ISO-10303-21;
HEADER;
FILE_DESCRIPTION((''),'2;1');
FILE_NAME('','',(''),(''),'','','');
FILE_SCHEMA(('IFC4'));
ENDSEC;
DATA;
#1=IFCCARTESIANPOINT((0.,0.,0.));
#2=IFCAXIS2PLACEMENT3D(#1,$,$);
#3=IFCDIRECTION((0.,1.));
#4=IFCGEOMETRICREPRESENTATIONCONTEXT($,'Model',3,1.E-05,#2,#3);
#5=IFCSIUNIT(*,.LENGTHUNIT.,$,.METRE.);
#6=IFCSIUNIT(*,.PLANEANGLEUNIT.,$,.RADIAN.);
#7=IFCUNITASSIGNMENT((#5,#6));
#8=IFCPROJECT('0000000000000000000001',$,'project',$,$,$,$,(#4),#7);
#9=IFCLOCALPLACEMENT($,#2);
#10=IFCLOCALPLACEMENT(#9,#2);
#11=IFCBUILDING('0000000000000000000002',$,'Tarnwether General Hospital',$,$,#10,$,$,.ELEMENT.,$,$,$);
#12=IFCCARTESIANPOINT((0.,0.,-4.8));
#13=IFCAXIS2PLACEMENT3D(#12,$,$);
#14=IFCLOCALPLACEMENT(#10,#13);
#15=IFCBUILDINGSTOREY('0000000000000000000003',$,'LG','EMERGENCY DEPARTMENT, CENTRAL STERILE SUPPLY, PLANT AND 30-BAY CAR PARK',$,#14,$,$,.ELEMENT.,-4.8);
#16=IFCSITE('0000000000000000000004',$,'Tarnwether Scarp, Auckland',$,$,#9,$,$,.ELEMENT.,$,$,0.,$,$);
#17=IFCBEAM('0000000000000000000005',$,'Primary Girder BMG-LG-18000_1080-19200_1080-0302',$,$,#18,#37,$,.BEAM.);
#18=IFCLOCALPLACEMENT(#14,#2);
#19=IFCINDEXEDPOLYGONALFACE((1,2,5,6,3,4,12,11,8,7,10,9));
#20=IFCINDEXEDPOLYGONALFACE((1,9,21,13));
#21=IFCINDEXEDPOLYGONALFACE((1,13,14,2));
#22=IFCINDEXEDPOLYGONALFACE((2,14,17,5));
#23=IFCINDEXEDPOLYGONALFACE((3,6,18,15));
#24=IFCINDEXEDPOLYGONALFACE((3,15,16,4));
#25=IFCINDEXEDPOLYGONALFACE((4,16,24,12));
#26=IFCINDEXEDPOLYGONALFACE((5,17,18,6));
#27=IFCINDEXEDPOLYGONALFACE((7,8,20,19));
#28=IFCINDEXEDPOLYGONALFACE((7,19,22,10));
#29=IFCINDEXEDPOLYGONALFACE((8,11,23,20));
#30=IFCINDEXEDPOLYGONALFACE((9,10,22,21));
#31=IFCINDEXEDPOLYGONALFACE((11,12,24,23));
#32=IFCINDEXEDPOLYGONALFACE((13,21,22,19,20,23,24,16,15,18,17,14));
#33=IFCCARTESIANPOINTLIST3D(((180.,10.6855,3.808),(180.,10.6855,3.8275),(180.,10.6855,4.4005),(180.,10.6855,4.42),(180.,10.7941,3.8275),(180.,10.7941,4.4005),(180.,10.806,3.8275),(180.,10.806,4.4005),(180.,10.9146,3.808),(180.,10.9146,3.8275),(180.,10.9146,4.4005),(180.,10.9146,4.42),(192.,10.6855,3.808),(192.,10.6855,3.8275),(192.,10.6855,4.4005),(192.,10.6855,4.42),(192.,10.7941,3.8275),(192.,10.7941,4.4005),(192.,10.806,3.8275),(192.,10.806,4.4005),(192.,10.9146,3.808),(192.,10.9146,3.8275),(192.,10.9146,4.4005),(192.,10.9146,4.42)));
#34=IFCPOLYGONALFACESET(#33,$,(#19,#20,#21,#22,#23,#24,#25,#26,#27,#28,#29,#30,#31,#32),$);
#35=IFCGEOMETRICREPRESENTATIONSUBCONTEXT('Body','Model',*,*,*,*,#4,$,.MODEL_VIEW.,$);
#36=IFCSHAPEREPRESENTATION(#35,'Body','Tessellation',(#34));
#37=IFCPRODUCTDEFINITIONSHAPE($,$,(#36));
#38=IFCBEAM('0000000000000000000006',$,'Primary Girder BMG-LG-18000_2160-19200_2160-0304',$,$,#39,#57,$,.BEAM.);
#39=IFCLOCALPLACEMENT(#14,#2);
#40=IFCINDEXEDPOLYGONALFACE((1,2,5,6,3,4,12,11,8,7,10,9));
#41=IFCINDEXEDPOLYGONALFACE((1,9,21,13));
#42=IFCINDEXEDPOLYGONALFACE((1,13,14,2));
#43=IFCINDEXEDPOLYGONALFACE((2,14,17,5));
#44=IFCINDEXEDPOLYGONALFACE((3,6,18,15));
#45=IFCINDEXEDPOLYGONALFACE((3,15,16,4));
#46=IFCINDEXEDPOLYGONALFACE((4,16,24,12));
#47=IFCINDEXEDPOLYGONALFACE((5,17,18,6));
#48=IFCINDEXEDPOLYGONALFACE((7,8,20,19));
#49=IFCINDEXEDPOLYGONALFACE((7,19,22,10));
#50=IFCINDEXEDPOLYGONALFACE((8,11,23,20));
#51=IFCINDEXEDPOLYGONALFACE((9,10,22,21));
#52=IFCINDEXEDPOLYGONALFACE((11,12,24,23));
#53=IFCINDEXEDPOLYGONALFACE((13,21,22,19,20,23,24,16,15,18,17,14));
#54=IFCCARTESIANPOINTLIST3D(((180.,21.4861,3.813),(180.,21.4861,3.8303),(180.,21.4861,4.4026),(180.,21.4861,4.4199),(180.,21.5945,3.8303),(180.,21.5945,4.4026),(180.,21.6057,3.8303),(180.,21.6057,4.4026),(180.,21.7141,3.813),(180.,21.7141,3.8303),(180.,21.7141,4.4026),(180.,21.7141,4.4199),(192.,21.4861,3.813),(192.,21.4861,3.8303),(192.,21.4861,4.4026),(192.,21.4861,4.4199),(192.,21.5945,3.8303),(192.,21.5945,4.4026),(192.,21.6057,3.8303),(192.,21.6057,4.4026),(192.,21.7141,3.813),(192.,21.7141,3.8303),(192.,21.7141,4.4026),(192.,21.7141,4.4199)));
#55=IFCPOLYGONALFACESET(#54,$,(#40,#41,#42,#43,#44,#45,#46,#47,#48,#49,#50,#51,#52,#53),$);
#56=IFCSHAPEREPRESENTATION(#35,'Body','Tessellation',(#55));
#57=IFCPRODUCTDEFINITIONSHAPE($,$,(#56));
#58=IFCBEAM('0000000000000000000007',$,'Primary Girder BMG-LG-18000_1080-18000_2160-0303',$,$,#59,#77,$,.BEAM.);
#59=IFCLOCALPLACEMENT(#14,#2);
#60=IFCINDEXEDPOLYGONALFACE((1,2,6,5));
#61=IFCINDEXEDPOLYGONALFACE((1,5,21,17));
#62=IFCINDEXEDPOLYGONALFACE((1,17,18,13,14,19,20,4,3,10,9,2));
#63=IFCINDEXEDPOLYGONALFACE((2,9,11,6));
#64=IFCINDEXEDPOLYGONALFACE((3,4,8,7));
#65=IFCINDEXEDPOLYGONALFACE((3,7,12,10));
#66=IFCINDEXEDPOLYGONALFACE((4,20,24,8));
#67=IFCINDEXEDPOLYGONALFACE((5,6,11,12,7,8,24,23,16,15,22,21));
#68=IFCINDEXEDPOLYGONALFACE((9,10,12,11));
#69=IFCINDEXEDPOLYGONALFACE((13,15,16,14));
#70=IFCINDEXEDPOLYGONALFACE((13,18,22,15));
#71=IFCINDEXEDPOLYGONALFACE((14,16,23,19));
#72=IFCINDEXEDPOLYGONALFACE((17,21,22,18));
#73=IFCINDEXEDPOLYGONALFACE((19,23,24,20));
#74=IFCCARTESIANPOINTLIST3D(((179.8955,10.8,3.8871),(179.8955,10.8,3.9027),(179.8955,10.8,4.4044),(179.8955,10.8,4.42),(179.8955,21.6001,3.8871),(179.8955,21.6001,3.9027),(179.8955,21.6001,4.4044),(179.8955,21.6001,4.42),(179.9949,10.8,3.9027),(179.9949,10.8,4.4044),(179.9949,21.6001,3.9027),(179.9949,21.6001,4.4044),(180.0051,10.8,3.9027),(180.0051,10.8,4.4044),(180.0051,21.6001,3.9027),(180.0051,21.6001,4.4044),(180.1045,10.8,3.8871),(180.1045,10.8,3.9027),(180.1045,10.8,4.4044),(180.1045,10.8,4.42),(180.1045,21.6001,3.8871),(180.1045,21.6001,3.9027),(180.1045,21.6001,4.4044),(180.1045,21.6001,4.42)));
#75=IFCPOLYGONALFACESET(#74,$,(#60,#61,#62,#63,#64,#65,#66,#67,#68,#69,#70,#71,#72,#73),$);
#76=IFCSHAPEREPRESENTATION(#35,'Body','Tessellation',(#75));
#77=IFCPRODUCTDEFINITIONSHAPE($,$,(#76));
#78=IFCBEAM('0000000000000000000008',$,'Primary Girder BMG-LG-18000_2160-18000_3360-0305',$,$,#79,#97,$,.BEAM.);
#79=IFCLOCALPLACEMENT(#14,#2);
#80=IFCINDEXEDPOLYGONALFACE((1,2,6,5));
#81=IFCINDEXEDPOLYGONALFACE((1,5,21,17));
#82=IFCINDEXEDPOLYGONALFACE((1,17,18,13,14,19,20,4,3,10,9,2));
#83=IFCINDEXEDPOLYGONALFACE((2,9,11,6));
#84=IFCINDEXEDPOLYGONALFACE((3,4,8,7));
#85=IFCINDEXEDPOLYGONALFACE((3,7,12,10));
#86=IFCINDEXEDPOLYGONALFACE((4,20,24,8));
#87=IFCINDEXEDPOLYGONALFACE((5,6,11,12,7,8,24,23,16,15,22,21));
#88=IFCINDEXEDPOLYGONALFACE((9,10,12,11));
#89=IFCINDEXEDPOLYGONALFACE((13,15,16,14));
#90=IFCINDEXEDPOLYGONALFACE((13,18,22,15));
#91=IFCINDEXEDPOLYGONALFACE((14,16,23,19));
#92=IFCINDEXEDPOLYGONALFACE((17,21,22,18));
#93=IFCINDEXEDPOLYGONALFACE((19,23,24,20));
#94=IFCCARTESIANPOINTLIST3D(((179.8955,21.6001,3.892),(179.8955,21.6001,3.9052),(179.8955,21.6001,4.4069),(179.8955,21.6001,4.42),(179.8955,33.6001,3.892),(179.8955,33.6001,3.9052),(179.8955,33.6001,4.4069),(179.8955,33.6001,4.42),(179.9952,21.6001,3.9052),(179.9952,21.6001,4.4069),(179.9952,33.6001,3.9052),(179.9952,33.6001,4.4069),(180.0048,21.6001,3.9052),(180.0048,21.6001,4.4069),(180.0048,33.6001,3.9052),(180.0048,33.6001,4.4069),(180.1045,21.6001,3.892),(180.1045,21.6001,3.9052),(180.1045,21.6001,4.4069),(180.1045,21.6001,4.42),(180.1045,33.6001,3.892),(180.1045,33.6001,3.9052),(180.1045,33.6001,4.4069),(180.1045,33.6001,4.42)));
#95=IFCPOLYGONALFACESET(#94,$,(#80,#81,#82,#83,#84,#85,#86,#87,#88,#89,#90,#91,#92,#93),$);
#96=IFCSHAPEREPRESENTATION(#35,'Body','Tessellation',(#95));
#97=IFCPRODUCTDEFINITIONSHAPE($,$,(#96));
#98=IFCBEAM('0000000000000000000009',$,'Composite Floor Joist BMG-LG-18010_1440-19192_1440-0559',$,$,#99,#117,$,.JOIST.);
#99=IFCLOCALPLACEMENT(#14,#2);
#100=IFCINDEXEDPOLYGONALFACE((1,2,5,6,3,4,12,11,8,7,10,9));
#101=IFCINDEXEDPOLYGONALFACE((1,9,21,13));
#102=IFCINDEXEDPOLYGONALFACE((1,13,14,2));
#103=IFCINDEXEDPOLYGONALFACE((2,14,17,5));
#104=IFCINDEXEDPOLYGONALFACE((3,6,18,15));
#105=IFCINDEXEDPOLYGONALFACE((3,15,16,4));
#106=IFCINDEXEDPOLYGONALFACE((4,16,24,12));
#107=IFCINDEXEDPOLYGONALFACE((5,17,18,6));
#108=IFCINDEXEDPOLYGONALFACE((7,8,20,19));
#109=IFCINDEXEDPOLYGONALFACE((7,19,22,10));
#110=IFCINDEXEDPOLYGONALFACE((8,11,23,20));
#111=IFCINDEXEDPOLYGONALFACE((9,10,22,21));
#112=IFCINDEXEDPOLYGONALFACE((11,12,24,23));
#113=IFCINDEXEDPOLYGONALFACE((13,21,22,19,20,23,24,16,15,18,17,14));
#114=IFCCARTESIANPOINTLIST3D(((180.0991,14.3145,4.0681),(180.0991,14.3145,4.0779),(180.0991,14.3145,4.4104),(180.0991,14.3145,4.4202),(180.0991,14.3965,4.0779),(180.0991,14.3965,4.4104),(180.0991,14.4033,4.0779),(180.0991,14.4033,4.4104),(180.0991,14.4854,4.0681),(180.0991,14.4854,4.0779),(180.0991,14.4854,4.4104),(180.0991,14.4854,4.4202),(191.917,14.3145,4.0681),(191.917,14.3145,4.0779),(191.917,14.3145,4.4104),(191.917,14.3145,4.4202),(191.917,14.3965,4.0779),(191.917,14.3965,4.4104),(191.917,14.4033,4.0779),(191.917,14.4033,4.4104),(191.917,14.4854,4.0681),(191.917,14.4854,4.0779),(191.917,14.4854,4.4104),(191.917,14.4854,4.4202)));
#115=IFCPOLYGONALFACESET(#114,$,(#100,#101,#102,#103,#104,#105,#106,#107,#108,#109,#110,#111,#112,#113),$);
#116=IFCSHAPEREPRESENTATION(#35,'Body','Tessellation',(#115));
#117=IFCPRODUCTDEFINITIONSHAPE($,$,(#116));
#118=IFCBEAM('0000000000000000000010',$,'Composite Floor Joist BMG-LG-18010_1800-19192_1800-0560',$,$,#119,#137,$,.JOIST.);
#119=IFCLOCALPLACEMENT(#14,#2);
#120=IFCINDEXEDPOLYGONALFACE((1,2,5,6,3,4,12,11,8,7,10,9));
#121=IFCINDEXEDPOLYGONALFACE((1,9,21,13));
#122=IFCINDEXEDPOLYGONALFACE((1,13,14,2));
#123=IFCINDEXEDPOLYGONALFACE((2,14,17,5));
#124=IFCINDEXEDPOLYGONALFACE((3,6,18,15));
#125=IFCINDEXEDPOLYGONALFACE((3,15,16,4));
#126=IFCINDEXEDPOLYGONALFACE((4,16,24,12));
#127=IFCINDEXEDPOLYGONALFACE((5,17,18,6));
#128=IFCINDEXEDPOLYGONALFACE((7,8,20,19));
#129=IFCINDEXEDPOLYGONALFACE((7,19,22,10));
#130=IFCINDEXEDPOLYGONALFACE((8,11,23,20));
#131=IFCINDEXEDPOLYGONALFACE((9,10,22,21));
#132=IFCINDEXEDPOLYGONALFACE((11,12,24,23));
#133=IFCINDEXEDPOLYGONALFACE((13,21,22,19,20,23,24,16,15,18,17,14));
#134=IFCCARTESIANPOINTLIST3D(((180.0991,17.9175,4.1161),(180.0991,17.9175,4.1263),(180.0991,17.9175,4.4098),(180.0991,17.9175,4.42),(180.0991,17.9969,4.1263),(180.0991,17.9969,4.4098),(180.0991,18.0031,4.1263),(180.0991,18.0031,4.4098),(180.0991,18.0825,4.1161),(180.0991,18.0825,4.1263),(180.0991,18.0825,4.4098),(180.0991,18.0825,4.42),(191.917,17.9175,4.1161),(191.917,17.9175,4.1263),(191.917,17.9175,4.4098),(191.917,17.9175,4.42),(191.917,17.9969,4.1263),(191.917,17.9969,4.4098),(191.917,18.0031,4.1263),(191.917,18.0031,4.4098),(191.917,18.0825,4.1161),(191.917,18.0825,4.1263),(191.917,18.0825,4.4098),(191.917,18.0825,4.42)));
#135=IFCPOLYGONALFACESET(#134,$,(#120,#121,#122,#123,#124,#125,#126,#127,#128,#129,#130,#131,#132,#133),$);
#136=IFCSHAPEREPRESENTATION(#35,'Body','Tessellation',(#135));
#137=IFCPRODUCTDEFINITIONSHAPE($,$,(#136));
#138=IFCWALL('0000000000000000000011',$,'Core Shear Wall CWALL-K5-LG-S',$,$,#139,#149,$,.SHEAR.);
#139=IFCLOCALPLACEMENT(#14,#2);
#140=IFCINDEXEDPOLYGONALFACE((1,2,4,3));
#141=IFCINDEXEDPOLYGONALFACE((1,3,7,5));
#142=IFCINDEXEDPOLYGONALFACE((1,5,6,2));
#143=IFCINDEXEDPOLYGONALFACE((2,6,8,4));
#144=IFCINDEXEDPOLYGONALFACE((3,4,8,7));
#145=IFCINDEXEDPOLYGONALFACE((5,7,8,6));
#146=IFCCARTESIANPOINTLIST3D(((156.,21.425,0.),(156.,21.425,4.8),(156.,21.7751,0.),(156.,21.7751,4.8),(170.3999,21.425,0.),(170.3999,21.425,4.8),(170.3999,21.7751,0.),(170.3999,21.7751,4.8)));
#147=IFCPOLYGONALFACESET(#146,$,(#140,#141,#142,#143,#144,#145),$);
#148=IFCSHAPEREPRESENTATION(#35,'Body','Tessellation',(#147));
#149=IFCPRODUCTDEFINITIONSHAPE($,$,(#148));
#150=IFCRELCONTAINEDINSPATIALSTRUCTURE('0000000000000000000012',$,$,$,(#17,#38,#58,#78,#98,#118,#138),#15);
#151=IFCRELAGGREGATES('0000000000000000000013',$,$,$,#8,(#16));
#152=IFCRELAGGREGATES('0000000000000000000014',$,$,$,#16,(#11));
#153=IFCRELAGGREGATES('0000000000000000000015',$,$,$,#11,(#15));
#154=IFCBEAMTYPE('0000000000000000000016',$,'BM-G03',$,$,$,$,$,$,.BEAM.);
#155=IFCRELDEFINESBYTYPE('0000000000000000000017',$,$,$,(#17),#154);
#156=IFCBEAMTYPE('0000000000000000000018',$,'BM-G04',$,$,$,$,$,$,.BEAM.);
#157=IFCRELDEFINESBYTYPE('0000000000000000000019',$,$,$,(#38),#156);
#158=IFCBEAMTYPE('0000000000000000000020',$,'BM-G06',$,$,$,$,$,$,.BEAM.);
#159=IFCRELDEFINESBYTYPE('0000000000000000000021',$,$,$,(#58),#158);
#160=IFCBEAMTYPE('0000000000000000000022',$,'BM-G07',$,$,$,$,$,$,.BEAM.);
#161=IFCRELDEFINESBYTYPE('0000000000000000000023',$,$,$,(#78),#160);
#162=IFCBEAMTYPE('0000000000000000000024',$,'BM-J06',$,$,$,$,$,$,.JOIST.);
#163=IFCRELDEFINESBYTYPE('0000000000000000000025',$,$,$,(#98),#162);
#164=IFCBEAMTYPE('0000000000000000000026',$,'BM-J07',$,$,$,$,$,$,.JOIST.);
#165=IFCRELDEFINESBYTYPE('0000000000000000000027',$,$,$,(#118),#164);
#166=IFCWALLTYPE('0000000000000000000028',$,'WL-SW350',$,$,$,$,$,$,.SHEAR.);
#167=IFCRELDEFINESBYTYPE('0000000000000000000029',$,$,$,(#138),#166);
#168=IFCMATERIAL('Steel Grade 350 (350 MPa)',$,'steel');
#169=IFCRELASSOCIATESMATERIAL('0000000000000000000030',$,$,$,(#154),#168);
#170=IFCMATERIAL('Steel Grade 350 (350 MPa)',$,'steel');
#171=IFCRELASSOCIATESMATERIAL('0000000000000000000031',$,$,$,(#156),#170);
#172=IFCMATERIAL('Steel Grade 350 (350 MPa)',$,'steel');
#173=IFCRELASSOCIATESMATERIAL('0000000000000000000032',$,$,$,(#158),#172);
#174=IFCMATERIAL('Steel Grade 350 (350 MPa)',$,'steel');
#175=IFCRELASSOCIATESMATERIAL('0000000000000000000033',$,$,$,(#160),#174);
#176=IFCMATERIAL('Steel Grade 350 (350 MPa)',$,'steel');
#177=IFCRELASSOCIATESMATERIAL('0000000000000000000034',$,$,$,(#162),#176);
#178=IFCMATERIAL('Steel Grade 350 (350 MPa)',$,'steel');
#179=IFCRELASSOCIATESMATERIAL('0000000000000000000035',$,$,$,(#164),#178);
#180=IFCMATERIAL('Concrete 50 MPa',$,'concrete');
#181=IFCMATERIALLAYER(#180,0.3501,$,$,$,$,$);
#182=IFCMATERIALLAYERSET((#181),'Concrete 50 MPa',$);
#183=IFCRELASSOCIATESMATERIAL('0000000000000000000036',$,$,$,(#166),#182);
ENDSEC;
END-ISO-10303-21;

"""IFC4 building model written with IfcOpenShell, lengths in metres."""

from ifc_helpers import new_model, si_unit, direction, frame, frame_2d, origin, origin_2d, place, context, subcontext, project, spatial, rectangle, i_section, extrude, material, layer, layer_set, material_profile, profile_set, type_object, element, save


model = new_model("IFC4")

# Units and contexts
model_context = context("Model", 3, precision=1e-05, world=origin(), true_north=direction((0.0, 1.0)))
body_context = subcontext(model_context, "Body", "Model", "MODEL_VIEW")
ifc_project = project(units=[si_unit("LENGTHUNIT", "METRE"), si_unit("PLANEANGLEUNIT", "RADIAN")], contexts=[model_context])

# Site, building, storey
site_placement = place(None, origin())
site = spatial("IfcSite", under=ifc_project, at=site_placement, Name="Tarnwether Scarp, Auckland", CompositionType="ELEMENT", RefElevation=0.0)
building_placement = place(site_placement, origin())
building = spatial("IfcBuilding", under=site, at=building_placement, Name="Tarnwether General Hospital", CompositionType="ELEMENT")
storey_placement = place(building_placement, frame((0.0, 0.0, -4.8)))
storey = spatial("IfcBuildingStorey", under=building, at=storey_placement, Name="LG", Description="EMERGENCY DEPARTMENT, CENTRAL STERILE SUPPLY, PLANT AND 30-BAY CAR PARK", CompositionType="ELEMENT", Elevation=-4.8)

# Beams
ifc_material_1 = material(Name="Steel Grade 350 (350 MPa)", Category="steel")
ifc_material_profile_1 = material_profile(ifc_material_1, i_section(OverallWidth=0.229, OverallDepth=0.6121, WebThickness=0.012, FlangeThickness=0.0195, at=origin_2d()), Name="610UB125")
ifc_profile_set_1 = profile_set([ifc_material_profile_1], Name="Steel Grade 350 (350 MPa)")
beam_type_1 = type_object("IfcBeamType", Name="BM-G03", PredefinedType="BEAM", material=ifc_profile_set_1)
beam_1_placement = place(storey_placement, frame((180.0, 10.8, 4.114), z_axis=(1.0, 0.0, 0.0), x_axis=(0.0, 1.0, 0.0)))
element("IfcBeam", 1, at=beam_1_placement, inside=storey, type_object=beam_type_1, Name="Primary Girder BMG-LG-18000_1080-19200_1080-0302", PredefinedType="BEAM", context=body_context, shape_type="SweptSolid", body=[
    extrude(i_section(OverallWidth=0.229, OverallDepth=0.6121, WebThickness=0.012, FlangeThickness=0.0195, at=origin_2d()), origin(), (0.0, 0.0, 1.0), 12.0),
])
ifc_material_2 = material(Name="Steel Grade 350 (350 MPa)", Category="steel")
ifc_material_profile_2 = material_profile(ifc_material_2, i_section(OverallWidth=0.228, OverallDepth=0.6069, WebThickness=0.0112, FlangeThickness=0.0173, at=origin_2d()), Name="610UB113")
ifc_profile_set_2 = profile_set([ifc_material_profile_2], Name="Steel Grade 350 (350 MPa)")
beam_type_2 = type_object("IfcBeamType", Name="BM-G04", PredefinedType="BEAM", material=ifc_profile_set_2)
beam_2_placement = place(storey_placement, frame((180.0, 21.6001, 4.1165), z_axis=(1.0, 0.0, 0.0), x_axis=(0.0, 1.0, 0.0)))
element("IfcBeam", 2, at=beam_2_placement, inside=storey, type_object=beam_type_2, Name="Primary Girder BMG-LG-18000_2160-19200_2160-0304", PredefinedType="BEAM", context=body_context, shape_type="SweptSolid", body=[
    extrude(i_section(OverallWidth=0.228, OverallDepth=0.6069, WebThickness=0.0112, FlangeThickness=0.0173, at=origin_2d()), origin(), (0.0, 0.0, 1.0), 12.0),
])
ifc_material_3 = material(Name="Steel Grade 350 (350 MPa)", Category="steel")
ifc_material_profile_3 = material_profile(ifc_material_3, i_section(OverallWidth=0.209, OverallDepth=0.533, WebThickness=0.0103, FlangeThickness=0.0156, at=origin_2d()), Name="530UB92.4")
ifc_profile_set_3 = profile_set([ifc_material_profile_3], Name="Steel Grade 350 (350 MPa)")
beam_type_3 = type_object("IfcBeamType", Name="BM-G06", PredefinedType="BEAM", material=ifc_profile_set_3)
beam_3_placement = place(storey_placement, frame((180.0, 10.8, 4.1536), z_axis=(0.0, 1.0, 0.0), x_axis=(-1.0, 0.0, 0.0)))
element("IfcBeam", 3, at=beam_3_placement, inside=storey, type_object=beam_type_3, Name="Primary Girder BMG-LG-18000_1080-18000_2160-0303", PredefinedType="BEAM", context=body_context, shape_type="SweptSolid", body=[
    extrude(i_section(OverallWidth=0.209, OverallDepth=0.533, WebThickness=0.0103, FlangeThickness=0.0156, at=origin_2d()), origin(), (0.0, 0.0, 1.0), 10.8),
])
ifc_material_4 = material(Name="Steel Grade 350 (350 MPa)", Category="steel")
ifc_material_profile_4 = material_profile(ifc_material_4, i_section(OverallWidth=0.209, OverallDepth=0.5281, WebThickness=0.0095, FlangeThickness=0.0132, at=origin_2d()), Name="530UB82.0")
ifc_profile_set_4 = profile_set([ifc_material_profile_4], Name="Steel Grade 350 (350 MPa)")
beam_type_4 = type_object("IfcBeamType", Name="BM-G07", PredefinedType="BEAM", material=ifc_profile_set_4)
beam_4_placement = place(storey_placement, frame((180.0, 21.6001, 4.156), z_axis=(0.0, 1.0, 0.0), x_axis=(-1.0, 0.0, 0.0)))
element("IfcBeam", 4, at=beam_4_placement, inside=storey, type_object=beam_type_4, Name="Primary Girder BMG-LG-18000_2160-18000_3360-0305", PredefinedType="BEAM", context=body_context, shape_type="SweptSolid", body=[
    extrude(i_section(OverallWidth=0.209, OverallDepth=0.5281, WebThickness=0.0095, FlangeThickness=0.0132, at=origin_2d()), origin(), (0.0, 0.0, 1.0), 12.0),
])
ifc_material_5 = material(Name="Steel Grade 350 (350 MPa)", Category="steel")
ifc_material_profile_5 = material_profile(ifc_material_5, i_section(OverallWidth=0.1709, OverallDepth=0.3521, WebThickness=0.0068, FlangeThickness=0.0098, at=origin_2d()), Name="360UB44.7")
ifc_profile_set_5 = profile_set([ifc_material_profile_5], Name="Steel Grade 350 (350 MPa)")
beam_type_5 = type_object("IfcBeamType", Name="BM-J06", PredefinedType="JOIST", material=ifc_profile_set_5)
beam_5_placement = place(storey_placement, frame((180.0991, 14.3999, 4.2441), z_axis=(1.0, 0.0, 0.0), x_axis=(0.0, 1.0, 0.0)))
element("IfcBeam", 5, at=beam_5_placement, inside=storey, type_object=beam_type_5, Name="Composite Floor Joist BMG-LG-18010_1440-19192_1440-0559", PredefinedType="JOIST", context=body_context, shape_type="SweptSolid", body=[
    extrude(i_section(OverallWidth=0.1709, OverallDepth=0.3521, WebThickness=0.0068, FlangeThickness=0.0098, at=origin_2d()), origin(), (0.0, 0.0, 1.0), 11.8179),
])
ifc_material_6 = material(Name="Steel Grade 350 (350 MPa)", Category="steel")
ifc_material_profile_6 = material_profile(ifc_material_6, i_section(OverallWidth=0.165, OverallDepth=0.304, WebThickness=0.0061, FlangeThickness=0.0103, at=origin_2d()), Name="310UB40.4")
ifc_profile_set_6 = profile_set([ifc_material_profile_6], Name="Steel Grade 350 (350 MPa)")
beam_type_6 = type_object("IfcBeamType", Name="BM-J07", PredefinedType="JOIST", material=ifc_profile_set_6)
beam_6_placement = place(storey_placement, frame((180.0991, 18.0, 4.2681), z_axis=(1.0, 0.0, 0.0), x_axis=(0.0, 1.0, 0.0)))
element("IfcBeam", 6, at=beam_6_placement, inside=storey, type_object=beam_type_6, Name="Composite Floor Joist BMG-LG-18010_1800-19192_1800-0560", PredefinedType="JOIST", context=body_context, shape_type="SweptSolid", body=[
    extrude(i_section(OverallWidth=0.165, OverallDepth=0.304, WebThickness=0.0061, FlangeThickness=0.0103, at=origin_2d()), origin(), (0.0, 0.0, 1.0), 11.8179),
])

# Wall
ifc_material_7 = material(Name="Concrete 50 MPa", Category="concrete")
ifc_layer = layer(ifc_material_7, 0.3501)
ifc_layer_set = layer_set([ifc_layer], Name="Concrete 50 MPa")
wall_type = type_object("IfcWallType", Name="WL-SW350", PredefinedType="SHEAR", material=ifc_layer_set)
wall_placement = place(storey_placement, frame((170.3999, 21.6001, 0.0), z_axis=(0.0, 0.0, 1.0), x_axis=(-1.0, 0.0, 0.0)))
element("IfcWall", 7, at=wall_placement, inside=storey, type_object=wall_type, Name="Core Shear Wall CWALL-K5-LG-S", PredefinedType="SHEAR", context=body_context, shape_type="SweptSolid", body=[
    extrude(rectangle(XDim=14.3999, YDim=0.3501, at=frame_2d((7.2, 0.0))), origin(), (0.0, 0.0, 1.0), 4.8),
])

save(model, "model.ifc")
